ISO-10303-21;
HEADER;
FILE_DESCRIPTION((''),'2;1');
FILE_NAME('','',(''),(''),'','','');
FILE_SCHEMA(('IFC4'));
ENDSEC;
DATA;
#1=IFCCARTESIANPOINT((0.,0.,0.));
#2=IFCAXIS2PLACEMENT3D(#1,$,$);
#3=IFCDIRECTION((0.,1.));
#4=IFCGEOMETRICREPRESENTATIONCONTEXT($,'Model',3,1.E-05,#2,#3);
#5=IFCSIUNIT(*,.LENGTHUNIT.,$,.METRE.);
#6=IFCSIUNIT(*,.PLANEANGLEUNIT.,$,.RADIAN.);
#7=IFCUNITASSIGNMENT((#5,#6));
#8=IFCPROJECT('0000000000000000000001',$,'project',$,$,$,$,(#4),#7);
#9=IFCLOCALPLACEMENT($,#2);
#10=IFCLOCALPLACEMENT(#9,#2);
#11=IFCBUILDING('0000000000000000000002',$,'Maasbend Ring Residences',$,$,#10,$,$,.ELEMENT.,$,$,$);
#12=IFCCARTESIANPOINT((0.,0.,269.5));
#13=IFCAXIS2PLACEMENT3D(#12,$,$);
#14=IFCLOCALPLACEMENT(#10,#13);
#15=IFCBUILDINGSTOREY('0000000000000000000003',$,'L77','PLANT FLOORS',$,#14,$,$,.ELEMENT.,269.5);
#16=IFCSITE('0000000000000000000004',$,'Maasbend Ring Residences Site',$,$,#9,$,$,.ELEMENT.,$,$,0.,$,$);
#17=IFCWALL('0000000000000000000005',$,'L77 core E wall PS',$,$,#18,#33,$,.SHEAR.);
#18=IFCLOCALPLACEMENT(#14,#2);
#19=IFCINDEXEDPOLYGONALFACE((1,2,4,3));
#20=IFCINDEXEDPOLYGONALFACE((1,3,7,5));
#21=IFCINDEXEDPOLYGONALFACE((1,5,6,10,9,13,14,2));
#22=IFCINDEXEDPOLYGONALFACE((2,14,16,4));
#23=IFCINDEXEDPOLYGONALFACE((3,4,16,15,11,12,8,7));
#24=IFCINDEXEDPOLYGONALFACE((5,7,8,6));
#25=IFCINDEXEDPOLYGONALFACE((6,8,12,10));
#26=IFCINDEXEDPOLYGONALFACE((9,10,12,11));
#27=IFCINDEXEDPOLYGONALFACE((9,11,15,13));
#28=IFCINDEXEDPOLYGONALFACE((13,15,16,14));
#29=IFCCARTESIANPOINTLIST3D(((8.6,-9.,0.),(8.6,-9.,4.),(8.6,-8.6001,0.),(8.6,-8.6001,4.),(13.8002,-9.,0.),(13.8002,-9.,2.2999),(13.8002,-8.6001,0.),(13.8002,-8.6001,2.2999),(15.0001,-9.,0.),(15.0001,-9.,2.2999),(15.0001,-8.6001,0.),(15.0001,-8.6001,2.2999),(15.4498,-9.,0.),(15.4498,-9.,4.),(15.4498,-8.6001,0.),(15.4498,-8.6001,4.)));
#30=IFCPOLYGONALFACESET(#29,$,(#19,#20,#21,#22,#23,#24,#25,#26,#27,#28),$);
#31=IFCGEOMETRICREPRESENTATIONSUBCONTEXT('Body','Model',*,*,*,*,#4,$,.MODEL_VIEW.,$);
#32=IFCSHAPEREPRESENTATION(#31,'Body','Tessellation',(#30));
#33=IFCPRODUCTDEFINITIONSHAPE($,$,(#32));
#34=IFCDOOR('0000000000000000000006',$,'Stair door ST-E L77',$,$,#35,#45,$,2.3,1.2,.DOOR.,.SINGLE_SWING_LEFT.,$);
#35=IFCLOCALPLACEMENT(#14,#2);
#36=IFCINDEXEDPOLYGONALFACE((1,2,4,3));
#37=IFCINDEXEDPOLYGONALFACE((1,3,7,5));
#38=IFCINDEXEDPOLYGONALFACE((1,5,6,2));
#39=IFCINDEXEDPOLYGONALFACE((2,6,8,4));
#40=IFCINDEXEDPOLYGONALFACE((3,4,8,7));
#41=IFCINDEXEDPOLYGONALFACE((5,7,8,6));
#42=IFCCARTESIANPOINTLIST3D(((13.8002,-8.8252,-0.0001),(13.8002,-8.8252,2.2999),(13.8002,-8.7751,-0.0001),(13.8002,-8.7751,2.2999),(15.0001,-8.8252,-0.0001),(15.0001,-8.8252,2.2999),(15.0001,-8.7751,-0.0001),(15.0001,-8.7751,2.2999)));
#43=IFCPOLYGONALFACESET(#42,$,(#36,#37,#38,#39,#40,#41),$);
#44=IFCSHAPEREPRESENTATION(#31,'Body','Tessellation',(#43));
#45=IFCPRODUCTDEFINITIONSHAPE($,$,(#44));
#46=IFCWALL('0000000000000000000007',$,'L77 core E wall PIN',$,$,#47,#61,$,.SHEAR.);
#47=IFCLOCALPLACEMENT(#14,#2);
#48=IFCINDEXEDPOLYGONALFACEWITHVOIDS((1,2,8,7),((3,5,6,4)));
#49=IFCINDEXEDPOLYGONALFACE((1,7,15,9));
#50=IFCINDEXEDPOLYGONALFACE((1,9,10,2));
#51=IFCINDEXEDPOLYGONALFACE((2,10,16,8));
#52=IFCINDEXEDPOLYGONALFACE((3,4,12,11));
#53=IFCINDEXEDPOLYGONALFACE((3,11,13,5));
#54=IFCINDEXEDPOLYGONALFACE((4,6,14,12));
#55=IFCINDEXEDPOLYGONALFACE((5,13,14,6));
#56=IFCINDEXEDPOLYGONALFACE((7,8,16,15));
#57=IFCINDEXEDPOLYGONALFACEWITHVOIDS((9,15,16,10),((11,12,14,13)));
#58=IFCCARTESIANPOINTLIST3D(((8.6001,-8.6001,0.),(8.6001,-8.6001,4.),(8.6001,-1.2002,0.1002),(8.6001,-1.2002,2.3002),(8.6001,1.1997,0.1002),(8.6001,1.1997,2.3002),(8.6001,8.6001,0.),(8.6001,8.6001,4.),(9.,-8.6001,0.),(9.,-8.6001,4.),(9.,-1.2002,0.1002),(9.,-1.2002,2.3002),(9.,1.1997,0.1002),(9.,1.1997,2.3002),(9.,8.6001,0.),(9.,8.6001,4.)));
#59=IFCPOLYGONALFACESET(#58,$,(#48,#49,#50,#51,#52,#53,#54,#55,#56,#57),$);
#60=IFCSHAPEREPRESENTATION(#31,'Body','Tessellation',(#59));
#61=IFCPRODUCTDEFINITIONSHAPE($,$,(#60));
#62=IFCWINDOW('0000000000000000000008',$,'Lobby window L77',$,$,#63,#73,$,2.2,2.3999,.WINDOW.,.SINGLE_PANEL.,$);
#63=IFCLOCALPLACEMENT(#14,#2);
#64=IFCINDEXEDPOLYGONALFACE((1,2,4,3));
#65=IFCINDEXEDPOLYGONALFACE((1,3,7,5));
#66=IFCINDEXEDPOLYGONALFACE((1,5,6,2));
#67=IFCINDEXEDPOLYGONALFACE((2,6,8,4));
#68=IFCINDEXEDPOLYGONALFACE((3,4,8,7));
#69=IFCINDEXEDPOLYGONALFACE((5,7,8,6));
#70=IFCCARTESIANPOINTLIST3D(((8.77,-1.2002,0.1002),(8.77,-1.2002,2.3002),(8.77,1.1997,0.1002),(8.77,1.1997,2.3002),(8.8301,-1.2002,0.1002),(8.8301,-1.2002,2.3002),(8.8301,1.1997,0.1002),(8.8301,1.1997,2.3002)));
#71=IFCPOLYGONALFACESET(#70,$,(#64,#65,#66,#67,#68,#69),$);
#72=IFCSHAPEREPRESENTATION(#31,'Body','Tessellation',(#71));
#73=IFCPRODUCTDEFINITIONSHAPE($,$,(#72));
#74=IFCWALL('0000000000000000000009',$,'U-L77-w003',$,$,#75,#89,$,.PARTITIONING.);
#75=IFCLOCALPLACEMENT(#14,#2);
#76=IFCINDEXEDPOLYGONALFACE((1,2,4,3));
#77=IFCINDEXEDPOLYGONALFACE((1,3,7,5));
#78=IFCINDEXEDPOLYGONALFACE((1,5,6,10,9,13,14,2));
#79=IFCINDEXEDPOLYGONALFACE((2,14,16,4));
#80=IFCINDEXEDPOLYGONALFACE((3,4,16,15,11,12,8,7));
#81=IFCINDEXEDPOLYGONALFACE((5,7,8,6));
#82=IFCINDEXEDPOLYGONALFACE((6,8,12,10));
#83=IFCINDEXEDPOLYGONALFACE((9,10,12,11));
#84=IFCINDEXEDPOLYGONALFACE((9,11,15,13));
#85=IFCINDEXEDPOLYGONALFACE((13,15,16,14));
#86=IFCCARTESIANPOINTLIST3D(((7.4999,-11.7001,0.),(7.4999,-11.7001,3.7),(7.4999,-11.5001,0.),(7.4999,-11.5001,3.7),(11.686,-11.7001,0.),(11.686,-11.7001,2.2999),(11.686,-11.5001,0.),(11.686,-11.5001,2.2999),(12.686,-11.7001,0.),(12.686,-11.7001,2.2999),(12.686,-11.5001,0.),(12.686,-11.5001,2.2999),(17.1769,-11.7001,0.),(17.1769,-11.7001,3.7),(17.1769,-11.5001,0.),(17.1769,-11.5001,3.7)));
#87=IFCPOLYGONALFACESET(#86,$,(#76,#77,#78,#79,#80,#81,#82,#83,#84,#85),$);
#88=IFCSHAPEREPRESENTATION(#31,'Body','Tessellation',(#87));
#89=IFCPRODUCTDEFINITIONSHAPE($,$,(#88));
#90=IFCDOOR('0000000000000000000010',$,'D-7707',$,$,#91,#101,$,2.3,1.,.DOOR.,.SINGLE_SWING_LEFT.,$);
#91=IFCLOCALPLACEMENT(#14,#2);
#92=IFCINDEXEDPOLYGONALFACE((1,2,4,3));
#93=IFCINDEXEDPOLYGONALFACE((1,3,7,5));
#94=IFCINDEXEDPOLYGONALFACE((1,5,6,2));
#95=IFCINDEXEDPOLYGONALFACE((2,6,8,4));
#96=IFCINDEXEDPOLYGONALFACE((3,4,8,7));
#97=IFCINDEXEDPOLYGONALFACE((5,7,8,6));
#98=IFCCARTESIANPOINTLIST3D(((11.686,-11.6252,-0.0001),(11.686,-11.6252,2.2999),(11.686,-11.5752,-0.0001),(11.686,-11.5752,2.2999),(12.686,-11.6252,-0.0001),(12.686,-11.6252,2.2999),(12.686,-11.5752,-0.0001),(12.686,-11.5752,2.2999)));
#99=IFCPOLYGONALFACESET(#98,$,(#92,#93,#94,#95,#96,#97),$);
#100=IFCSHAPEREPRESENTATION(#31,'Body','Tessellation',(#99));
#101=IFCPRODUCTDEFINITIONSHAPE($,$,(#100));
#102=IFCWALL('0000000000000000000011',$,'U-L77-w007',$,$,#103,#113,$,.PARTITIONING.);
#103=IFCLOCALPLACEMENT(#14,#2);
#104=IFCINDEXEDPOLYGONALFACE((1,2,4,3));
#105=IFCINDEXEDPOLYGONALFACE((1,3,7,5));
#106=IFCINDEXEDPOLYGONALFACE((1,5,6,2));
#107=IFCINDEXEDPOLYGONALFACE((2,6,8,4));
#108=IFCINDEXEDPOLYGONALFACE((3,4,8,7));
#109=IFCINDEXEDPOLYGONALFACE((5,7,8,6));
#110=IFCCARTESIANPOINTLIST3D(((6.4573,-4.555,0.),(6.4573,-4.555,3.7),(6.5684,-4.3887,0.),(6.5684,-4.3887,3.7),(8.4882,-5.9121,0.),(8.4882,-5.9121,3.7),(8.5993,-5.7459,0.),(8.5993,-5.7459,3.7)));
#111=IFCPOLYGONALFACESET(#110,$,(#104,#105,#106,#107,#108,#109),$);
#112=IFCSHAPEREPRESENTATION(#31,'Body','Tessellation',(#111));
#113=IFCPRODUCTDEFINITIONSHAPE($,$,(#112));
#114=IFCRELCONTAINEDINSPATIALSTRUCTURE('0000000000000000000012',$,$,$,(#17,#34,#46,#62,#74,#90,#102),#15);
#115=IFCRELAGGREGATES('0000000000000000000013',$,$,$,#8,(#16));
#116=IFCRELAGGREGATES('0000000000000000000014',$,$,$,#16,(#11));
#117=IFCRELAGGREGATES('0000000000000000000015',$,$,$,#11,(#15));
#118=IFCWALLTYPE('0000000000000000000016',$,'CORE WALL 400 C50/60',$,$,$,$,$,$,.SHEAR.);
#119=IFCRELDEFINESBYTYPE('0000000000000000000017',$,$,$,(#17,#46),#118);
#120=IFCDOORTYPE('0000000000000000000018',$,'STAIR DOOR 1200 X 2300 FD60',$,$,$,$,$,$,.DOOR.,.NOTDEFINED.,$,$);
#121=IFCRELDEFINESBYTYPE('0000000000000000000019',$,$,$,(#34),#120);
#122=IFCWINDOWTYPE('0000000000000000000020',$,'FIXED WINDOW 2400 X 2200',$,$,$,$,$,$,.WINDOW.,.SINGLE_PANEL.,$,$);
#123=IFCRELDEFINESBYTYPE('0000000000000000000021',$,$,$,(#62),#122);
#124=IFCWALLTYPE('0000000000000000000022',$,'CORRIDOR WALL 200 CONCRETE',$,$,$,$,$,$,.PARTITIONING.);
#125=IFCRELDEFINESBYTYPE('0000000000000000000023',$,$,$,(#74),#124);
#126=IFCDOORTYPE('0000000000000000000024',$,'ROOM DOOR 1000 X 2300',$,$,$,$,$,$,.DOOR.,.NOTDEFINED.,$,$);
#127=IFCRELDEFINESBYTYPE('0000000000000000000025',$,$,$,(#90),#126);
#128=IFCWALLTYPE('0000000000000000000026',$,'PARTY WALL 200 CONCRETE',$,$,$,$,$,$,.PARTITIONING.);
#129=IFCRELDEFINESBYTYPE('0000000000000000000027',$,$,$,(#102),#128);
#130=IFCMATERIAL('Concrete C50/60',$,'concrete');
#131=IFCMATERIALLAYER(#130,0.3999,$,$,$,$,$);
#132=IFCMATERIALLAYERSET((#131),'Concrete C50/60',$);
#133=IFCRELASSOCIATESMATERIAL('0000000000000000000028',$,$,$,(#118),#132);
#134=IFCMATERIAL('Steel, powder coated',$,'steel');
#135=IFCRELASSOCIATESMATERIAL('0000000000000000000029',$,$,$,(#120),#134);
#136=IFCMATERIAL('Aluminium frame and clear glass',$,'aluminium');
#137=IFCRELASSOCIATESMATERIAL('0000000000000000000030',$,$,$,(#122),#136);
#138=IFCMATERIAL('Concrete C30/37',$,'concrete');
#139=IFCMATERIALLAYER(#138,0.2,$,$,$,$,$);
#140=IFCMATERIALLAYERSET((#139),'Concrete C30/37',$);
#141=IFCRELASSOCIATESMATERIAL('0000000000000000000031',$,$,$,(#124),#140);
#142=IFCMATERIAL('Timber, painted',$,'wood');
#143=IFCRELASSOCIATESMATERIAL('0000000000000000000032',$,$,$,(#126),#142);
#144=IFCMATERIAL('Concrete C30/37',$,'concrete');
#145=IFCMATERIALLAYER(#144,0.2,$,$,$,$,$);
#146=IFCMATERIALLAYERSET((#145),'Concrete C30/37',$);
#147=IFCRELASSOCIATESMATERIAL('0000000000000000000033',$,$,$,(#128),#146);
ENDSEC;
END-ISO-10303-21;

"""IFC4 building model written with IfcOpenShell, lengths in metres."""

from ifc_helpers import new_model, si_unit, direction, frame, frame_2d, origin, place, context, subcontext, project, spatial, rectangle, extrude, material, layer, layer_set, type_object, element, fill, save


model = new_model("IFC4")

# Units and contexts
model_context = context("Model", 3, precision=1e-05, world=origin(), true_north=direction((0.0, 1.0)))
body_context = subcontext(model_context, "Body", "Model", "MODEL_VIEW")
ifc_project = project(units=[si_unit("LENGTHUNIT", "METRE"), si_unit("PLANEANGLEUNIT", "RADIAN")], contexts=[model_context])

# Site, building, storey
site_placement = place(None, origin())
site = spatial("IfcSite", under=ifc_project, at=site_placement, Name="Maasbend Ring Residences Site", CompositionType="ELEMENT", RefElevation=0.0)
building_placement = place(site_placement, origin())
building = spatial("IfcBuilding", under=site, at=building_placement, Name="Maasbend Ring Residences", CompositionType="ELEMENT")
storey_placement = place(building_placement, frame((0.0, 0.0, 269.5)))
storey = spatial("IfcBuildingStorey", under=building, at=storey_placement, Name="L77", Description="PLANT FLOORS", CompositionType="ELEMENT", Elevation=269.5)

# Wall, opening, door
ifc_material_1 = material(Name="Concrete C50/60", Category="concrete")
ifc_layer_1 = layer(ifc_material_1, 0.3999)
ifc_layer_set_1 = layer_set([ifc_layer_1], Name="Concrete C50/60")
wall_type_1 = type_object("IfcWallType", Name="CORE WALL 400 C50/60", PredefinedType="SHEAR", material=ifc_layer_set_1)
wall_1_placement = place(storey_placement, frame((8.6001, -8.8, 0.0), z_axis=(0.0, 0.0, 1.0), x_axis=(1.0, 0.0, 0.0)))
wall_1 = element("IfcWall", 1, at=wall_1_placement, inside=storey, type_object=wall_type_1, Name="L77 core E wall PS", PredefinedType="SHEAR", context=body_context, shape_type="SweptSolid", body=[
    extrude(rectangle(XDim=6.8499, YDim=0.3999, at=frame_2d((3.4248, 0.0))), origin(), (0.0, 0.0, 1.0), 4.0),
])
opening_1_placement = place(wall_1_placement, frame((5.2, 0.0, 0.0)))
opening_1 = element("IfcOpeningElement", 2, at=opening_1_placement, cuts=wall_1, PredefinedType="OPENING", context=body_context, shape_type="SweptSolid", body=[
    extrude(rectangle(XDim=1.2, YDim=2.3, at=frame_2d((0.6001, 1.1499))), frame((0.0, 0.21, 0.0), z_axis=(0.0, -1.0, 0.0), x_axis=(1.0, 0.0, 0.0)), (0.0, 0.0, 1.0), 0.4199),
])
ifc_material_2 = material(Name="Steel, powder coated", Category="steel")
door_type_1 = type_object("IfcDoorType", Name="STAIR DOOR 1200 X 2300 FD60", OperationType="NOTDEFINED", PredefinedType="DOOR", material=ifc_material_2)
door_1_placement = place(opening_1_placement, origin())
door_1 = element("IfcDoor", 3, at=door_1_placement, inside=storey, type_object=door_type_1, Name="Stair door ST-E L77", OperationType="SINGLE_SWING_LEFT", OverallHeight=2.3, OverallWidth=1.2, PredefinedType="DOOR", context=body_context, shape_type="SweptSolid", body=[
    extrude(rectangle(XDim=1.2, YDim=2.3, at=frame_2d((0.6001, 1.1499))), frame((0.0, 0.0249, 0.0), z_axis=(0.0, -1.0, 0.0), x_axis=(1.0, 0.0, 0.0)), (0.0, 0.0, 1.0), 0.05),
])
fill(opening_1, door_1)

# Wall, opening, window
wall_2_placement = place(storey_placement, frame((8.8, -8.6001, 0.0), z_axis=(0.0, 0.0, 1.0), x_axis=(0.0, 1.0, 0.0)))
wall_2 = element("IfcWall", 4, at=wall_2_placement, inside=storey, type_object=wall_type_1, Name="L77 core E wall PIN", PredefinedType="SHEAR", context=body_context, shape_type="SweptSolid", body=[
    extrude(rectangle(XDim=17.2002, YDim=0.3999, at=frame_2d((8.6001, 0.0))), origin(), (0.0, 0.0, 1.0), 4.0),
])
opening_2_placement = place(wall_2_placement, frame((7.3999, 0.0, 0.1001)))
opening_2 = element("IfcOpeningElement", 5, at=opening_2_placement, cuts=wall_2, PredefinedType="OPENING", context=body_context, shape_type="SweptSolid", body=[
    extrude(rectangle(XDim=2.3999, YDim=2.2, at=frame_2d((1.2, 1.1001))), frame((0.0, 0.21, 0.0), z_axis=(0.0, -1.0, 0.0), x_axis=(1.0, 0.0, 0.0)), (0.0, 0.0, 1.0), 0.4199),
])
ifc_material_3 = material(Name="Aluminium frame and clear glass", Category="aluminium")
window_type = type_object("IfcWindowType", Name="FIXED WINDOW 2400 X 2200", PartitioningType="SINGLE_PANEL", PredefinedType="WINDOW", material=ifc_material_3)
window_placement = place(opening_2_placement, origin())
window = element("IfcWindow", 6, at=window_placement, inside=storey, type_object=window_type, Name="Lobby window L77", OverallHeight=2.2, OverallWidth=2.3999, PartitioningType="SINGLE_PANEL", PredefinedType="WINDOW", context=body_context, shape_type="SweptSolid", body=[
    extrude(rectangle(XDim=2.3999, YDim=2.2, at=frame_2d((1.2, 1.1001))), frame((0.0, 0.03, 0.0), z_axis=(0.0, -1.0, 0.0), x_axis=(1.0, 0.0, 0.0)), (0.0, 0.0, 1.0), 0.0601),
])
fill(opening_2, window)

# Wall, opening, door
ifc_material_4 = material(Name="Concrete C30/37", Category="concrete")
ifc_layer_2 = layer(ifc_material_4, 0.2)
ifc_layer_set_2 = layer_set([ifc_layer_2], Name="Concrete C30/37")
wall_type_2 = type_object("IfcWallType", Name="CORRIDOR WALL 200 CONCRETE", PredefinedType="PARTITIONING", material=ifc_layer_set_2)
wall_3_placement = place(storey_placement, frame((7.5, -11.6001, 0.0), z_axis=(0.0, 0.0, 1.0), x_axis=(1.0, 0.0, 0.0)))
wall_3 = element("IfcWall", 7, at=wall_3_placement, inside=storey, type_object=wall_type_2, Name="U-L77-w003", PredefinedType="PARTITIONING", context=body_context, shape_type="SweptSolid", body=[
    extrude(rectangle(XDim=9.677, YDim=0.2, at=frame_2d((4.8384, 0.0))), origin(), (0.0, 0.0, 1.0), 3.7),
])
opening_3_placement = place(wall_3_placement, frame((4.186, 0.0, 0.0)))
opening_3 = element("IfcOpeningElement", 8, at=opening_3_placement, cuts=wall_3, PredefinedType="OPENING", context=body_context, shape_type="SweptSolid", body=[
    extrude(rectangle(XDim=1.0, YDim=2.3, at=frame_2d((0.5, 1.1499))), frame((0.0, 0.1099, 0.0), z_axis=(0.0, -1.0, 0.0), x_axis=(1.0, 0.0, 0.0)), (0.0, 0.0, 1.0), 0.22),
])
ifc_material_5 = material(Name="Timber, painted", Category="wood")
door_type_2 = type_object("IfcDoorType", Name="ROOM DOOR 1000 X 2300", OperationType="NOTDEFINED", PredefinedType="DOOR", material=ifc_material_5)
door_2_placement = place(opening_3_placement, origin())
door_2 = element("IfcDoor", 9, at=door_2_placement, inside=storey, type_object=door_type_2, Name="D-7707", OperationType="SINGLE_SWING_LEFT", OverallHeight=2.3, OverallWidth=1.0, PredefinedType="DOOR", context=body_context, shape_type="SweptSolid", body=[
    extrude(rectangle(XDim=1.0, YDim=2.3, at=frame_2d((0.5, 1.1499))), frame((0.0, 0.0249, 0.0), z_axis=(0.0, -1.0, 0.0), x_axis=(1.0, 0.0, 0.0)), (0.0, 0.0, 1.0), 0.05),
])
fill(opening_3, door_2)

# Wall
ifc_material_6 = material(Name="Concrete C30/37", Category="concrete")
ifc_layer_3 = layer(ifc_material_6, 0.2)
ifc_layer_set_3 = layer_set([ifc_layer_3], Name="Concrete C30/37")
wall_type_3 = type_object("IfcWallType", Name="PARTY WALL 200 CONCRETE", PredefinedType="PARTITIONING", material=ifc_layer_set_3)
wall_4_placement = place(storey_placement, frame((6.5129, -4.4719, 0.0), z_axis=(0.0, 0.0, 1.0), x_axis=(0.83145, -0.555599, 0.0)))
element("IfcWall", 10, at=wall_4_placement, inside=storey, type_object=wall_type_3, Name="U-L77-w007", PredefinedType="PARTITIONING", context=body_context, shape_type="SweptSolid", body=[
    extrude(rectangle(XDim=2.4426, YDim=0.2, at=frame_2d((1.2212, 0.0))), origin(), (0.0, 0.0, 1.0), 3.7),
])

save(model, "model.ifc")
